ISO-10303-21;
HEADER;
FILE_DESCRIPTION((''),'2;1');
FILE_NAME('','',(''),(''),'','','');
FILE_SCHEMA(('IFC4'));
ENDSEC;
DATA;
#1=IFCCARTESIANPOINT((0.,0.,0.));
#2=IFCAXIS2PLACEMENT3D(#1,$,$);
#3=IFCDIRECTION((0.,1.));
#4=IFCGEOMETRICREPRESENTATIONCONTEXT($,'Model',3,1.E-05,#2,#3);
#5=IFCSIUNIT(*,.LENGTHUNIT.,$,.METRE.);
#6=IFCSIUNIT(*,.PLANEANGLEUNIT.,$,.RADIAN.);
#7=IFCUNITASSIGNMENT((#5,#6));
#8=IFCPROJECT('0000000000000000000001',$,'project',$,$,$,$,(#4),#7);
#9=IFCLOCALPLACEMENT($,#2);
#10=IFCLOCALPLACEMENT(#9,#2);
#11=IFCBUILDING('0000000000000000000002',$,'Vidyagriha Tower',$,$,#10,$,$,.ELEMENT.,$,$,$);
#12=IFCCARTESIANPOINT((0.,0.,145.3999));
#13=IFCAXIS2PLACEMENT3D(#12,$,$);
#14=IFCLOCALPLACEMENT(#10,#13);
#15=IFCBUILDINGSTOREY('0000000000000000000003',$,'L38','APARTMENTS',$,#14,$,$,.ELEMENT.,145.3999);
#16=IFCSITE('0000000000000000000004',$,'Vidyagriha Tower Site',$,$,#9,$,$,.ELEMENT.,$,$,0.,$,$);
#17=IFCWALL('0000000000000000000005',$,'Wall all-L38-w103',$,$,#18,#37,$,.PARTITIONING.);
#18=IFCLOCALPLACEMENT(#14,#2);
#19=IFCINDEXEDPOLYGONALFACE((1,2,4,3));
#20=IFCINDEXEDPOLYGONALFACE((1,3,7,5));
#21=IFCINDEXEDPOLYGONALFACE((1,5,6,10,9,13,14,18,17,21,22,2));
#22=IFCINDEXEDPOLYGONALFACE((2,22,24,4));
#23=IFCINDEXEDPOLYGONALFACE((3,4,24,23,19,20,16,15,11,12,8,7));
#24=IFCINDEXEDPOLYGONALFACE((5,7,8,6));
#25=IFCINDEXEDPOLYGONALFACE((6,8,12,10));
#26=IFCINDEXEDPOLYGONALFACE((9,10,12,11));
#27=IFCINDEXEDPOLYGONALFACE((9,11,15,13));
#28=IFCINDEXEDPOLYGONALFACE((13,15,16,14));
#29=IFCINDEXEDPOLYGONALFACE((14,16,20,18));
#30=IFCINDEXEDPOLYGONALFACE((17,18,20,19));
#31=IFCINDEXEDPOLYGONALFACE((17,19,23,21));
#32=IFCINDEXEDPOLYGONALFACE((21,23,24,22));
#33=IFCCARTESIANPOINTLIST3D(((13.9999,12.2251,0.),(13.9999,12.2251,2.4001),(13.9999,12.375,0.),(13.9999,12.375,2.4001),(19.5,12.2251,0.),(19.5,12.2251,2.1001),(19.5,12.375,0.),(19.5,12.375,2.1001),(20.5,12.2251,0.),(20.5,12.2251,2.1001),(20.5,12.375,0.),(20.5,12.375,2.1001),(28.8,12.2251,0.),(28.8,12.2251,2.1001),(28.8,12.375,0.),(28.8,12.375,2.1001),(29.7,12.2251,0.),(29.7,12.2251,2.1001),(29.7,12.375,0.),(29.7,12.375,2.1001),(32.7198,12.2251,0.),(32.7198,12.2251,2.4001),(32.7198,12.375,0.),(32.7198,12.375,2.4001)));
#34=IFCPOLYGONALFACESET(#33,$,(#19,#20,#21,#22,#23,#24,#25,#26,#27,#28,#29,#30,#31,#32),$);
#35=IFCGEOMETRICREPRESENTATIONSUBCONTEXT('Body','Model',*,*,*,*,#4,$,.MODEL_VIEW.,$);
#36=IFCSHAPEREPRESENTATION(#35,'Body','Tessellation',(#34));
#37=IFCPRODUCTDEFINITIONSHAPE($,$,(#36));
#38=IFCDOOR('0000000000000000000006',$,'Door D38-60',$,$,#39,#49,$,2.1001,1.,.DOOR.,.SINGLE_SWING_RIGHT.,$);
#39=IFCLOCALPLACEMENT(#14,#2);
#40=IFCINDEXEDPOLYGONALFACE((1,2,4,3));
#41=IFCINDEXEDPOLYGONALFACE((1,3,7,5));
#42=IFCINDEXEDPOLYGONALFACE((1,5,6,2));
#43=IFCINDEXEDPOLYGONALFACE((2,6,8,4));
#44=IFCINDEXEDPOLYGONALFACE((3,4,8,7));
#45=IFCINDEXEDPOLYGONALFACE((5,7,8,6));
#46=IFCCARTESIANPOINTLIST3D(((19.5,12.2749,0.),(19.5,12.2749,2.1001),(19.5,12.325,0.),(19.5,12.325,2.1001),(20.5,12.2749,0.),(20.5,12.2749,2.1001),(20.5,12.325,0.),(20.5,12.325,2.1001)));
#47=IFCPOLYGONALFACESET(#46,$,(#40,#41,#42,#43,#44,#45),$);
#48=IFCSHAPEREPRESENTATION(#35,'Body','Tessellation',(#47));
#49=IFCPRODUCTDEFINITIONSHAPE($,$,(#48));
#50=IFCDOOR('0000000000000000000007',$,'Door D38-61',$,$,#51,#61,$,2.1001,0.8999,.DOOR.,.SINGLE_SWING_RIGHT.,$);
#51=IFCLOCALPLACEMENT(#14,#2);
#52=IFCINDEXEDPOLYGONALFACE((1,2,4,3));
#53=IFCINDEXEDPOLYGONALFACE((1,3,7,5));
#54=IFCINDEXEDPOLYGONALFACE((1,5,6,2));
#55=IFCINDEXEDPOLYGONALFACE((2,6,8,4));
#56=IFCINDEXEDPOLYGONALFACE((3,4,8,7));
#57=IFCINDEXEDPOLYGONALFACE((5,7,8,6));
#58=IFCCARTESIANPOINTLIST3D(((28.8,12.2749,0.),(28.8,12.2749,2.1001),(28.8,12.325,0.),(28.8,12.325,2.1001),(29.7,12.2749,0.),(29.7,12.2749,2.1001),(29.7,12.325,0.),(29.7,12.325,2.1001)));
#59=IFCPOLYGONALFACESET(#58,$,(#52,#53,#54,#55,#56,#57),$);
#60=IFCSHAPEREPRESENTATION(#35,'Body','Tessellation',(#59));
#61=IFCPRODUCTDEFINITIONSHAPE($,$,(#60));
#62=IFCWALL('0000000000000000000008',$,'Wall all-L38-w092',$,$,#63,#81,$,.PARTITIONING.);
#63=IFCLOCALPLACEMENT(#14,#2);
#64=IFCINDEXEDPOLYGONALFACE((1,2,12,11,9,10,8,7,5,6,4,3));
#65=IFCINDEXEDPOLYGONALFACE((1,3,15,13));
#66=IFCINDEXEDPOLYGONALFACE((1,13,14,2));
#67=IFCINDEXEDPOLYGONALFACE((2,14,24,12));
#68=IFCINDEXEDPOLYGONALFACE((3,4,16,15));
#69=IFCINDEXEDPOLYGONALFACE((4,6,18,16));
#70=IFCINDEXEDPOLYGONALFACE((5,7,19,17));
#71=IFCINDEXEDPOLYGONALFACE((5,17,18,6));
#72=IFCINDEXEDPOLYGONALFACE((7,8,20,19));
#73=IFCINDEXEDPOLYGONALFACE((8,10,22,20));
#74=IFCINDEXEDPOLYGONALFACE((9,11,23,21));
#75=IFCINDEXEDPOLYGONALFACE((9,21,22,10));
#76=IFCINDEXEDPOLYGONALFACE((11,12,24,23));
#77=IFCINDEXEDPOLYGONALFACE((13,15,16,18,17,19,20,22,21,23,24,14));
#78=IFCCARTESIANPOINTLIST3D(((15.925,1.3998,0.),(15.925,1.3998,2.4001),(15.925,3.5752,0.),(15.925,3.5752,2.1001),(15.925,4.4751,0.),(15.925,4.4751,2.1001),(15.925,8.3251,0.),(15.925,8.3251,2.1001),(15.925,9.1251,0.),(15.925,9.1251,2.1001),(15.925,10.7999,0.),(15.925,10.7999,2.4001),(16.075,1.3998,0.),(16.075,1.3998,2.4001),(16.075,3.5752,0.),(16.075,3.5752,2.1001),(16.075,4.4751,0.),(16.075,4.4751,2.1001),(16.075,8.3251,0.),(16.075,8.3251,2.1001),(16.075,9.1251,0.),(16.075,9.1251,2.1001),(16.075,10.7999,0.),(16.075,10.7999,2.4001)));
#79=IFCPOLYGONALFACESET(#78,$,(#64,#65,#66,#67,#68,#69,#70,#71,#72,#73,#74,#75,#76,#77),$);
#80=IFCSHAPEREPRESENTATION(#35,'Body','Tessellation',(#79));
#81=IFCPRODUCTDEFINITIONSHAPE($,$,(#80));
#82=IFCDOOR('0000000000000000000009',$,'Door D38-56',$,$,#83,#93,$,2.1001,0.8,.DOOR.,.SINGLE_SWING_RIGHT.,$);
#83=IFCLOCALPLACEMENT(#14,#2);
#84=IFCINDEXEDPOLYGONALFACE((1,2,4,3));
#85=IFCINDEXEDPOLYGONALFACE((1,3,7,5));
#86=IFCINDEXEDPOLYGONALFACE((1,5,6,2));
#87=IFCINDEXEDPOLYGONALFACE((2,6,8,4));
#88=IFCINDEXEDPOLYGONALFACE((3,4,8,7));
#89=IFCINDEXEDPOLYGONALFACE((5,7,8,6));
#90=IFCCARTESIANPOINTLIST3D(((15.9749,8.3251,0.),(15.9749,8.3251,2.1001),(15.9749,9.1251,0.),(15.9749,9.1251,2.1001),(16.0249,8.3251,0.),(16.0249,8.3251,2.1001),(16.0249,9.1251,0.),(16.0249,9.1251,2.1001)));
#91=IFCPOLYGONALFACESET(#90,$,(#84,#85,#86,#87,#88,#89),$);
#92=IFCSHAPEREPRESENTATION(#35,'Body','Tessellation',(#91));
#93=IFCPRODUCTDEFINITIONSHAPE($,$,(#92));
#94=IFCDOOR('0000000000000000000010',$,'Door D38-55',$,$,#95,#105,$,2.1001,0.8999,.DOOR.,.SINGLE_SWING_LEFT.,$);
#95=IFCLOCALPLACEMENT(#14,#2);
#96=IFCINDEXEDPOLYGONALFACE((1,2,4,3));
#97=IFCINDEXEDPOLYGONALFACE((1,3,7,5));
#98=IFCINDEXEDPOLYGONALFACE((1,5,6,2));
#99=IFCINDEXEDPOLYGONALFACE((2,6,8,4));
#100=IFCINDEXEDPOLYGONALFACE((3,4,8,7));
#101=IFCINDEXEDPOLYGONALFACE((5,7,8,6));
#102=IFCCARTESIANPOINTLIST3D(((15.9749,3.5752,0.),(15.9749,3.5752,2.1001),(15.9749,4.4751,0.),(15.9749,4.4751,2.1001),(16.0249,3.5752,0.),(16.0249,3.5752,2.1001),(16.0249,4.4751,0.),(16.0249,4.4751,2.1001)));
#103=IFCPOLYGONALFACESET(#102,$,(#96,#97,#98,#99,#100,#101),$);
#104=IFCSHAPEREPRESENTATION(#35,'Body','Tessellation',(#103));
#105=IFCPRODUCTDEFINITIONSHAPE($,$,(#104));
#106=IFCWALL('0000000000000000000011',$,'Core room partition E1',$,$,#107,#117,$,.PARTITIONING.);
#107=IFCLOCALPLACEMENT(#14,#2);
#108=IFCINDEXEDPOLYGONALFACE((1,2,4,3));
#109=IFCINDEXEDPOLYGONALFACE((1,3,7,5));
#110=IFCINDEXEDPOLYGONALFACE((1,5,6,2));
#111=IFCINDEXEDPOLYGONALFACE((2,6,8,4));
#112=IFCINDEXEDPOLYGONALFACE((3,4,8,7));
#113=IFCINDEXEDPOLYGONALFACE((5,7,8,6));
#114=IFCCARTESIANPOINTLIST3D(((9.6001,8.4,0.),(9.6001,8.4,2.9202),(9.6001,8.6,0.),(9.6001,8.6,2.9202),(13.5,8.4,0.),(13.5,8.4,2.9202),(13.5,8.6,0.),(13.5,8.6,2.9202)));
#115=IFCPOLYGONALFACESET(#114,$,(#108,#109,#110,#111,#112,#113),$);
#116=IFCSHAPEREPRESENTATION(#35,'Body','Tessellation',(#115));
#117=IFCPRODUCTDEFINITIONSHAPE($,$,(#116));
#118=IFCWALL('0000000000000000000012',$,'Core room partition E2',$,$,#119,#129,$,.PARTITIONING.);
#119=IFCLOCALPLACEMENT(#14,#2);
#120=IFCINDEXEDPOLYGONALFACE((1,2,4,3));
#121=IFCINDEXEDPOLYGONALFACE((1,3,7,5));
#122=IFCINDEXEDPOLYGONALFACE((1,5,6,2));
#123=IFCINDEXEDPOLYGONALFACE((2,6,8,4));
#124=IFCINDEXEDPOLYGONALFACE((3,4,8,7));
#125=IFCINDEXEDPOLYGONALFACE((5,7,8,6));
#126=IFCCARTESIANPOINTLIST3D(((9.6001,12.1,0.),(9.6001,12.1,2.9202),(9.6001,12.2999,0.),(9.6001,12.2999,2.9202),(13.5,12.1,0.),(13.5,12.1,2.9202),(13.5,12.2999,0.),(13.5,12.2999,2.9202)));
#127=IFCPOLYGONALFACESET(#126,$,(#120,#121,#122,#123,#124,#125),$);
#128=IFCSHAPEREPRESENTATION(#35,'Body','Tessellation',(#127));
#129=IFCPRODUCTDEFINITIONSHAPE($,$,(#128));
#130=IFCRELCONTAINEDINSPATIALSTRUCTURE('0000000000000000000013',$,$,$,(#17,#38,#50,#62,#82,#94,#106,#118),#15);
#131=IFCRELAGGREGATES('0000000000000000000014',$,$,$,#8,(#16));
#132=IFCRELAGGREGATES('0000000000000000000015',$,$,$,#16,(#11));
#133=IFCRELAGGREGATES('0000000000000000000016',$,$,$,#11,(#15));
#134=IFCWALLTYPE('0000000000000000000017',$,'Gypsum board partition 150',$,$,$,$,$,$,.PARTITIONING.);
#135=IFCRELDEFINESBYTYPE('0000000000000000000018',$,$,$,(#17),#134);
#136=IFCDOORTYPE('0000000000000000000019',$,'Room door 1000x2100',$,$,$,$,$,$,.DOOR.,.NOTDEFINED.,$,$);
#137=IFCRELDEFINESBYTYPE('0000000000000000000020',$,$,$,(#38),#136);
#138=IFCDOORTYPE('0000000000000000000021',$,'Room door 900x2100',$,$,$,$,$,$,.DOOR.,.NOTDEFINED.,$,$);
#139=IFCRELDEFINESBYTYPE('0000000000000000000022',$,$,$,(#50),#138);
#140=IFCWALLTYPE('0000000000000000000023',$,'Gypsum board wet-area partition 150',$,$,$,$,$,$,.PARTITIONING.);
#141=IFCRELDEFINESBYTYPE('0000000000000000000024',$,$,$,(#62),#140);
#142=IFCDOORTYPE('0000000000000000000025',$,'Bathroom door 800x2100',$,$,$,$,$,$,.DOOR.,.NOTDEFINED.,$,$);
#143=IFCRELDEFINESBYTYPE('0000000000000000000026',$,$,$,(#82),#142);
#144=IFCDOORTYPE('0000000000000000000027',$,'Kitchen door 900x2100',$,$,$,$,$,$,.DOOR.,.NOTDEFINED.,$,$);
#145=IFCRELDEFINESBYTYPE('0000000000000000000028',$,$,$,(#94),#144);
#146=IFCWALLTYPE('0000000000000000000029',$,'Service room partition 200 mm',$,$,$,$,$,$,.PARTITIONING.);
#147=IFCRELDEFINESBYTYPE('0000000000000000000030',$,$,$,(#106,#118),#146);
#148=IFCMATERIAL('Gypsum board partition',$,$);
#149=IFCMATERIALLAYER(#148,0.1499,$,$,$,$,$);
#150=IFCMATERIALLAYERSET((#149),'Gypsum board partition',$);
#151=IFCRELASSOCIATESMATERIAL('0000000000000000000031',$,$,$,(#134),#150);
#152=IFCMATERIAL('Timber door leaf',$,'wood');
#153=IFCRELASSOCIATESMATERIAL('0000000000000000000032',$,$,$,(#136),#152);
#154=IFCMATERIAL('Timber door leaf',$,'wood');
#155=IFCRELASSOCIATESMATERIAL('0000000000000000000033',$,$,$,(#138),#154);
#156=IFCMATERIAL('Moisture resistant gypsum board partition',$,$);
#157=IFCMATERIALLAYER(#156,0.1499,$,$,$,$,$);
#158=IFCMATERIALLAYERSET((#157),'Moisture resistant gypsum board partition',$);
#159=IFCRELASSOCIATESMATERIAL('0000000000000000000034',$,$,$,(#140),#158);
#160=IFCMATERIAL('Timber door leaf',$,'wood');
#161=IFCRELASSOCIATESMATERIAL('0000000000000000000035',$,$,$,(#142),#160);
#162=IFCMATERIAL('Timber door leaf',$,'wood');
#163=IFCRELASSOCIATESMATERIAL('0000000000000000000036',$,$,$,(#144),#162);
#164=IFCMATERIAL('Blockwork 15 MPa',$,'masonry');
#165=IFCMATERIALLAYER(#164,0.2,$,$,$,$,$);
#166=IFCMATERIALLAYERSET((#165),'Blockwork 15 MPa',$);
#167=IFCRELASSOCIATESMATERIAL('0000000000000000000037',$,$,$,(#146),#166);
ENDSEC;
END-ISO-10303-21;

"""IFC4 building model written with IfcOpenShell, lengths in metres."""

from ifc_helpers import new_model, si_unit, direction, frame, frame_2d, origin, place, context, subcontext, project, spatial, rectangle, extrude, material, layer, layer_set, type_object, element, fill, save


model = new_model("IFC4")

# Units and contexts
model_context = context("Model", 3, precision=1e-05, world=origin(), true_north=direction((0.0, 1.0)))
body_context = subcontext(model_context, "Body", "Model", "MODEL_VIEW")
ifc_project = project(units=[si_unit("LENGTHUNIT", "METRE"), si_unit("PLANEANGLEUNIT", "RADIAN")], contexts=[model_context])

# Site, building, storey
site_placement = place(None, origin())
site = spatial("IfcSite", under=ifc_project, at=site_placement, Name="Vidyagriha Tower Site", CompositionType="ELEMENT", RefElevation=0.0)
building_placement = place(site_placement, origin())
building = spatial("IfcBuilding", under=site, at=building_placement, Name="Vidyagriha Tower", CompositionType="ELEMENT")
storey_placement = place(building_placement, frame((0.0, 0.0, 145.3999)))
storey = spatial("IfcBuildingStorey", under=building, at=storey_placement, Name="L38", Description="APARTMENTS", CompositionType="ELEMENT", Elevation=145.3999)

# Shared definitions
ifc_material_1 = material(Name="Gypsum board partition")
ifc_layer_1 = layer(ifc_material_1, 0.1499)
ifc_layer_set_1 = layer_set([ifc_layer_1], Name="Gypsum board partition")
wall_type_1 = type_object("IfcWallType", Name="Gypsum board partition 150", PredefinedType="PARTITIONING", material=ifc_layer_set_1)

# Walls, openings, doors
wall_1_placement = place(storey_placement, frame((14.0, 12.3, 0.0)))
wall_1 = element("IfcWall", 1, at=wall_1_placement, inside=storey, type_object=wall_type_1, Name="Wall all-L38-w103", PredefinedType="PARTITIONING", context=body_context, shape_type="SweptSolid", body=[
    extrude(rectangle(XDim=18.72, YDim=0.1499, at=frame_2d((9.3599, 0.0))), origin(), (0.0, 0.0, 1.0), 2.4001),
])
opening_1_placement = place(wall_1_placement, frame((5.5, 0.0, 0.0)))
opening_1 = element("IfcOpeningElement", 2, at=opening_1_placement, cuts=wall_1, PredefinedType="OPENING", context=body_context, shape_type="SweptSolid", body=[
    extrude(rectangle(XDim=1.0, YDim=2.1001, at=frame_2d((0.5, 1.05))), frame((0.0, 0.085, 0.0), z_axis=(0.0, -1.0, 0.0), x_axis=(1.0, 0.0, 0.0)), (0.0, 0.0, 1.0), 0.1699),
])
opening_2_placement = place(wall_1_placement, frame((14.8, 0.0, 0.0)))
opening_2 = element("IfcOpeningElement", 3, at=opening_2_placement, cuts=wall_1, PredefinedType="OPENING", context=body_context, shape_type="SweptSolid", body=[
    extrude(rectangle(XDim=0.8999, YDim=2.1001, at=frame_2d((0.45, 1.05))), frame((0.0, 0.085, 0.0), z_axis=(0.0, -1.0, 0.0), x_axis=(1.0, 0.0, 0.0)), (0.0, 0.0, 1.0), 0.1699),
])
ifc_material_2 = material(Name="Timber door leaf", Category="wood")
door_type_1 = type_object("IfcDoorType", Name="Room door 1000x2100", OperationType="NOTDEFINED", PredefinedType="DOOR", material=ifc_material_2)
door_1_placement = place(opening_1_placement, origin())
door_1 = element("IfcDoor", 4, at=door_1_placement, inside=storey, type_object=door_type_1, Name="Door D38-60", OperationType="SINGLE_SWING_RIGHT", OverallHeight=2.1001, OverallWidth=1.0, PredefinedType="DOOR", context=body_context, shape_type="SweptSolid", body=[
    extrude(rectangle(XDim=1.0, YDim=2.1001, at=frame_2d((0.5, 1.05))), frame((0.0, 0.0249, 0.0), z_axis=(0.0, -1.0, 0.0), x_axis=(1.0, 0.0, 0.0)), (0.0, 0.0, 1.0), 0.05),
])
fill(opening_1, door_1)
ifc_material_3 = material(Name="Timber door leaf", Category="wood")
door_type_2 = type_object("IfcDoorType", Name="Room door 900x2100", OperationType="NOTDEFINED", PredefinedType="DOOR", material=ifc_material_3)
door_2_placement = place(opening_2_placement, origin())
door_2 = element("IfcDoor", 5, at=door_2_placement, inside=storey, type_object=door_type_2, Name="Door D38-61", OperationType="SINGLE_SWING_RIGHT", OverallHeight=2.1001, OverallWidth=0.8999, PredefinedType="DOOR", context=body_context, shape_type="SweptSolid", body=[
    extrude(rectangle(XDim=0.8999, YDim=2.1001, at=frame_2d((0.45, 1.05))), frame((0.0, 0.0249, 0.0), z_axis=(0.0, -1.0, 0.0), x_axis=(1.0, 0.0, 0.0)), (0.0, 0.0, 1.0), 0.05),
])
fill(opening_2, door_2)
ifc_material_4 = material(Name="Moisture resistant gypsum board partition")
ifc_layer_2 = layer(ifc_material_4, 0.1499)
ifc_layer_set_2 = layer_set([ifc_layer_2], Name="Moisture resistant gypsum board partition")
wall_type_2 = type_object("IfcWallType", Name="Gypsum board wet-area partition 150", PredefinedType="PARTITIONING", material=ifc_layer_set_2)
wall_2_placement = place(storey_placement, frame((16.0, 10.8, 0.0), z_axis=(0.0, 0.0, 1.0), x_axis=(0.0, -1.0, 0.0)))
wall_2 = element("IfcWall", 6, at=wall_2_placement, inside=storey, type_object=wall_type_2, Name="Wall all-L38-w092", PredefinedType="PARTITIONING", context=body_context, shape_type="SweptSolid", body=[
    extrude(rectangle(XDim=9.4001, YDim=0.1499, at=frame_2d((4.7002, 0.0))), origin(), (0.0, 0.0, 1.0), 2.4001),
])
opening_3_placement = place(wall_2_placement, frame((6.325, 0.0, 0.0)))
opening_3 = element("IfcOpeningElement", 7, at=opening_3_placement, cuts=wall_2, PredefinedType="OPENING", context=body_context, shape_type="SweptSolid", body=[
    extrude(rectangle(XDim=0.8999, YDim=2.1001, at=frame_2d((0.45, 1.05))), frame((0.0, 0.085, 0.0), z_axis=(0.0, -1.0, 0.0), x_axis=(1.0, 0.0, 0.0)), (0.0, 0.0, 1.0), 0.1699),
])
opening_4_placement = place(wall_2_placement, frame((1.675, 0.0, 0.0)))
opening_4 = element("IfcOpeningElement", 8, at=opening_4_placement, cuts=wall_2, PredefinedType="OPENING", context=body_context, shape_type="SweptSolid", body=[
    extrude(rectangle(XDim=0.8, YDim=2.1001, at=frame_2d((0.3999, 1.05))), frame((0.0, 0.085, 0.0), z_axis=(0.0, -1.0, 0.0), x_axis=(1.0, 0.0, 0.0)), (0.0, 0.0, 1.0), 0.1699),
])
ifc_material_5 = material(Name="Timber door leaf", Category="wood")
door_type_3 = type_object("IfcDoorType", Name="Bathroom door 800x2100", OperationType="NOTDEFINED", PredefinedType="DOOR", material=ifc_material_5)
door_3_placement = place(opening_4_placement, origin())
door_3 = element("IfcDoor", 9, at=door_3_placement, inside=storey, type_object=door_type_3, Name="Door D38-56", OperationType="SINGLE_SWING_RIGHT", OverallHeight=2.1001, OverallWidth=0.8, PredefinedType="DOOR", context=body_context, shape_type="SweptSolid", body=[
    extrude(rectangle(XDim=0.8, YDim=2.1001, at=frame_2d((0.3999, 1.05))), frame((0.0, 0.0249, 0.0), z_axis=(0.0, -1.0, 0.0), x_axis=(1.0, 0.0, 0.0)), (0.0, 0.0, 1.0), 0.05),
])
fill(opening_4, door_3)
ifc_material_6 = material(Name="Timber door leaf", Category="wood")
door_type_4 = type_object("IfcDoorType", Name="Kitchen door 900x2100", OperationType="NOTDEFINED", PredefinedType="DOOR", material=ifc_material_6)
door_4_placement = place(opening_3_placement, origin())
door_4 = element("IfcDoor", 10, at=door_4_placement, inside=storey, type_object=door_type_4, Name="Door D38-55", OperationType="SINGLE_SWING_LEFT", OverallHeight=2.1001, OverallWidth=0.8999, PredefinedType="DOOR", context=body_context, shape_type="SweptSolid", body=[
    extrude(rectangle(XDim=0.8999, YDim=2.1001, at=frame_2d((0.45, 1.05))), frame((0.0, 0.0249, 0.0), z_axis=(0.0, -1.0, 0.0), x_axis=(1.0, 0.0, 0.0)), (0.0, 0.0, 1.0), 0.05),
])
fill(opening_3, door_4)

# Walls
ifc_material_7 = material(Name="Blockwork 15 MPa", Category="masonry")
ifc_layer_3 = layer(ifc_material_7, 0.2)
ifc_layer_set_3 = layer_set([ifc_layer_3], Name="Blockwork 15 MPa")
wall_type_3 = type_object("IfcWallType", Name="Service room partition 200 mm", PredefinedType="PARTITIONING", material=ifc_layer_set_3)
for number, where, name in (
    (11, (9.6001, 8.5, 0.0), "Core room partition E1"),
    (12, (9.6001, 12.2, 0.0), "Core room partition E2"),
):
    element("IfcWall", number, at=place(storey_placement, frame(where)), inside=storey, type_object=wall_type_3, Name=name, PredefinedType="PARTITIONING", context=body_context, shape_type="SweptSolid", body=[
        extrude(rectangle(XDim=3.8999, YDim=0.2, at=frame_2d((1.95, 0.0))), origin(), (0.0, 0.0, 1.0), 2.9202),
    ])

save(model, "model.ifc")
